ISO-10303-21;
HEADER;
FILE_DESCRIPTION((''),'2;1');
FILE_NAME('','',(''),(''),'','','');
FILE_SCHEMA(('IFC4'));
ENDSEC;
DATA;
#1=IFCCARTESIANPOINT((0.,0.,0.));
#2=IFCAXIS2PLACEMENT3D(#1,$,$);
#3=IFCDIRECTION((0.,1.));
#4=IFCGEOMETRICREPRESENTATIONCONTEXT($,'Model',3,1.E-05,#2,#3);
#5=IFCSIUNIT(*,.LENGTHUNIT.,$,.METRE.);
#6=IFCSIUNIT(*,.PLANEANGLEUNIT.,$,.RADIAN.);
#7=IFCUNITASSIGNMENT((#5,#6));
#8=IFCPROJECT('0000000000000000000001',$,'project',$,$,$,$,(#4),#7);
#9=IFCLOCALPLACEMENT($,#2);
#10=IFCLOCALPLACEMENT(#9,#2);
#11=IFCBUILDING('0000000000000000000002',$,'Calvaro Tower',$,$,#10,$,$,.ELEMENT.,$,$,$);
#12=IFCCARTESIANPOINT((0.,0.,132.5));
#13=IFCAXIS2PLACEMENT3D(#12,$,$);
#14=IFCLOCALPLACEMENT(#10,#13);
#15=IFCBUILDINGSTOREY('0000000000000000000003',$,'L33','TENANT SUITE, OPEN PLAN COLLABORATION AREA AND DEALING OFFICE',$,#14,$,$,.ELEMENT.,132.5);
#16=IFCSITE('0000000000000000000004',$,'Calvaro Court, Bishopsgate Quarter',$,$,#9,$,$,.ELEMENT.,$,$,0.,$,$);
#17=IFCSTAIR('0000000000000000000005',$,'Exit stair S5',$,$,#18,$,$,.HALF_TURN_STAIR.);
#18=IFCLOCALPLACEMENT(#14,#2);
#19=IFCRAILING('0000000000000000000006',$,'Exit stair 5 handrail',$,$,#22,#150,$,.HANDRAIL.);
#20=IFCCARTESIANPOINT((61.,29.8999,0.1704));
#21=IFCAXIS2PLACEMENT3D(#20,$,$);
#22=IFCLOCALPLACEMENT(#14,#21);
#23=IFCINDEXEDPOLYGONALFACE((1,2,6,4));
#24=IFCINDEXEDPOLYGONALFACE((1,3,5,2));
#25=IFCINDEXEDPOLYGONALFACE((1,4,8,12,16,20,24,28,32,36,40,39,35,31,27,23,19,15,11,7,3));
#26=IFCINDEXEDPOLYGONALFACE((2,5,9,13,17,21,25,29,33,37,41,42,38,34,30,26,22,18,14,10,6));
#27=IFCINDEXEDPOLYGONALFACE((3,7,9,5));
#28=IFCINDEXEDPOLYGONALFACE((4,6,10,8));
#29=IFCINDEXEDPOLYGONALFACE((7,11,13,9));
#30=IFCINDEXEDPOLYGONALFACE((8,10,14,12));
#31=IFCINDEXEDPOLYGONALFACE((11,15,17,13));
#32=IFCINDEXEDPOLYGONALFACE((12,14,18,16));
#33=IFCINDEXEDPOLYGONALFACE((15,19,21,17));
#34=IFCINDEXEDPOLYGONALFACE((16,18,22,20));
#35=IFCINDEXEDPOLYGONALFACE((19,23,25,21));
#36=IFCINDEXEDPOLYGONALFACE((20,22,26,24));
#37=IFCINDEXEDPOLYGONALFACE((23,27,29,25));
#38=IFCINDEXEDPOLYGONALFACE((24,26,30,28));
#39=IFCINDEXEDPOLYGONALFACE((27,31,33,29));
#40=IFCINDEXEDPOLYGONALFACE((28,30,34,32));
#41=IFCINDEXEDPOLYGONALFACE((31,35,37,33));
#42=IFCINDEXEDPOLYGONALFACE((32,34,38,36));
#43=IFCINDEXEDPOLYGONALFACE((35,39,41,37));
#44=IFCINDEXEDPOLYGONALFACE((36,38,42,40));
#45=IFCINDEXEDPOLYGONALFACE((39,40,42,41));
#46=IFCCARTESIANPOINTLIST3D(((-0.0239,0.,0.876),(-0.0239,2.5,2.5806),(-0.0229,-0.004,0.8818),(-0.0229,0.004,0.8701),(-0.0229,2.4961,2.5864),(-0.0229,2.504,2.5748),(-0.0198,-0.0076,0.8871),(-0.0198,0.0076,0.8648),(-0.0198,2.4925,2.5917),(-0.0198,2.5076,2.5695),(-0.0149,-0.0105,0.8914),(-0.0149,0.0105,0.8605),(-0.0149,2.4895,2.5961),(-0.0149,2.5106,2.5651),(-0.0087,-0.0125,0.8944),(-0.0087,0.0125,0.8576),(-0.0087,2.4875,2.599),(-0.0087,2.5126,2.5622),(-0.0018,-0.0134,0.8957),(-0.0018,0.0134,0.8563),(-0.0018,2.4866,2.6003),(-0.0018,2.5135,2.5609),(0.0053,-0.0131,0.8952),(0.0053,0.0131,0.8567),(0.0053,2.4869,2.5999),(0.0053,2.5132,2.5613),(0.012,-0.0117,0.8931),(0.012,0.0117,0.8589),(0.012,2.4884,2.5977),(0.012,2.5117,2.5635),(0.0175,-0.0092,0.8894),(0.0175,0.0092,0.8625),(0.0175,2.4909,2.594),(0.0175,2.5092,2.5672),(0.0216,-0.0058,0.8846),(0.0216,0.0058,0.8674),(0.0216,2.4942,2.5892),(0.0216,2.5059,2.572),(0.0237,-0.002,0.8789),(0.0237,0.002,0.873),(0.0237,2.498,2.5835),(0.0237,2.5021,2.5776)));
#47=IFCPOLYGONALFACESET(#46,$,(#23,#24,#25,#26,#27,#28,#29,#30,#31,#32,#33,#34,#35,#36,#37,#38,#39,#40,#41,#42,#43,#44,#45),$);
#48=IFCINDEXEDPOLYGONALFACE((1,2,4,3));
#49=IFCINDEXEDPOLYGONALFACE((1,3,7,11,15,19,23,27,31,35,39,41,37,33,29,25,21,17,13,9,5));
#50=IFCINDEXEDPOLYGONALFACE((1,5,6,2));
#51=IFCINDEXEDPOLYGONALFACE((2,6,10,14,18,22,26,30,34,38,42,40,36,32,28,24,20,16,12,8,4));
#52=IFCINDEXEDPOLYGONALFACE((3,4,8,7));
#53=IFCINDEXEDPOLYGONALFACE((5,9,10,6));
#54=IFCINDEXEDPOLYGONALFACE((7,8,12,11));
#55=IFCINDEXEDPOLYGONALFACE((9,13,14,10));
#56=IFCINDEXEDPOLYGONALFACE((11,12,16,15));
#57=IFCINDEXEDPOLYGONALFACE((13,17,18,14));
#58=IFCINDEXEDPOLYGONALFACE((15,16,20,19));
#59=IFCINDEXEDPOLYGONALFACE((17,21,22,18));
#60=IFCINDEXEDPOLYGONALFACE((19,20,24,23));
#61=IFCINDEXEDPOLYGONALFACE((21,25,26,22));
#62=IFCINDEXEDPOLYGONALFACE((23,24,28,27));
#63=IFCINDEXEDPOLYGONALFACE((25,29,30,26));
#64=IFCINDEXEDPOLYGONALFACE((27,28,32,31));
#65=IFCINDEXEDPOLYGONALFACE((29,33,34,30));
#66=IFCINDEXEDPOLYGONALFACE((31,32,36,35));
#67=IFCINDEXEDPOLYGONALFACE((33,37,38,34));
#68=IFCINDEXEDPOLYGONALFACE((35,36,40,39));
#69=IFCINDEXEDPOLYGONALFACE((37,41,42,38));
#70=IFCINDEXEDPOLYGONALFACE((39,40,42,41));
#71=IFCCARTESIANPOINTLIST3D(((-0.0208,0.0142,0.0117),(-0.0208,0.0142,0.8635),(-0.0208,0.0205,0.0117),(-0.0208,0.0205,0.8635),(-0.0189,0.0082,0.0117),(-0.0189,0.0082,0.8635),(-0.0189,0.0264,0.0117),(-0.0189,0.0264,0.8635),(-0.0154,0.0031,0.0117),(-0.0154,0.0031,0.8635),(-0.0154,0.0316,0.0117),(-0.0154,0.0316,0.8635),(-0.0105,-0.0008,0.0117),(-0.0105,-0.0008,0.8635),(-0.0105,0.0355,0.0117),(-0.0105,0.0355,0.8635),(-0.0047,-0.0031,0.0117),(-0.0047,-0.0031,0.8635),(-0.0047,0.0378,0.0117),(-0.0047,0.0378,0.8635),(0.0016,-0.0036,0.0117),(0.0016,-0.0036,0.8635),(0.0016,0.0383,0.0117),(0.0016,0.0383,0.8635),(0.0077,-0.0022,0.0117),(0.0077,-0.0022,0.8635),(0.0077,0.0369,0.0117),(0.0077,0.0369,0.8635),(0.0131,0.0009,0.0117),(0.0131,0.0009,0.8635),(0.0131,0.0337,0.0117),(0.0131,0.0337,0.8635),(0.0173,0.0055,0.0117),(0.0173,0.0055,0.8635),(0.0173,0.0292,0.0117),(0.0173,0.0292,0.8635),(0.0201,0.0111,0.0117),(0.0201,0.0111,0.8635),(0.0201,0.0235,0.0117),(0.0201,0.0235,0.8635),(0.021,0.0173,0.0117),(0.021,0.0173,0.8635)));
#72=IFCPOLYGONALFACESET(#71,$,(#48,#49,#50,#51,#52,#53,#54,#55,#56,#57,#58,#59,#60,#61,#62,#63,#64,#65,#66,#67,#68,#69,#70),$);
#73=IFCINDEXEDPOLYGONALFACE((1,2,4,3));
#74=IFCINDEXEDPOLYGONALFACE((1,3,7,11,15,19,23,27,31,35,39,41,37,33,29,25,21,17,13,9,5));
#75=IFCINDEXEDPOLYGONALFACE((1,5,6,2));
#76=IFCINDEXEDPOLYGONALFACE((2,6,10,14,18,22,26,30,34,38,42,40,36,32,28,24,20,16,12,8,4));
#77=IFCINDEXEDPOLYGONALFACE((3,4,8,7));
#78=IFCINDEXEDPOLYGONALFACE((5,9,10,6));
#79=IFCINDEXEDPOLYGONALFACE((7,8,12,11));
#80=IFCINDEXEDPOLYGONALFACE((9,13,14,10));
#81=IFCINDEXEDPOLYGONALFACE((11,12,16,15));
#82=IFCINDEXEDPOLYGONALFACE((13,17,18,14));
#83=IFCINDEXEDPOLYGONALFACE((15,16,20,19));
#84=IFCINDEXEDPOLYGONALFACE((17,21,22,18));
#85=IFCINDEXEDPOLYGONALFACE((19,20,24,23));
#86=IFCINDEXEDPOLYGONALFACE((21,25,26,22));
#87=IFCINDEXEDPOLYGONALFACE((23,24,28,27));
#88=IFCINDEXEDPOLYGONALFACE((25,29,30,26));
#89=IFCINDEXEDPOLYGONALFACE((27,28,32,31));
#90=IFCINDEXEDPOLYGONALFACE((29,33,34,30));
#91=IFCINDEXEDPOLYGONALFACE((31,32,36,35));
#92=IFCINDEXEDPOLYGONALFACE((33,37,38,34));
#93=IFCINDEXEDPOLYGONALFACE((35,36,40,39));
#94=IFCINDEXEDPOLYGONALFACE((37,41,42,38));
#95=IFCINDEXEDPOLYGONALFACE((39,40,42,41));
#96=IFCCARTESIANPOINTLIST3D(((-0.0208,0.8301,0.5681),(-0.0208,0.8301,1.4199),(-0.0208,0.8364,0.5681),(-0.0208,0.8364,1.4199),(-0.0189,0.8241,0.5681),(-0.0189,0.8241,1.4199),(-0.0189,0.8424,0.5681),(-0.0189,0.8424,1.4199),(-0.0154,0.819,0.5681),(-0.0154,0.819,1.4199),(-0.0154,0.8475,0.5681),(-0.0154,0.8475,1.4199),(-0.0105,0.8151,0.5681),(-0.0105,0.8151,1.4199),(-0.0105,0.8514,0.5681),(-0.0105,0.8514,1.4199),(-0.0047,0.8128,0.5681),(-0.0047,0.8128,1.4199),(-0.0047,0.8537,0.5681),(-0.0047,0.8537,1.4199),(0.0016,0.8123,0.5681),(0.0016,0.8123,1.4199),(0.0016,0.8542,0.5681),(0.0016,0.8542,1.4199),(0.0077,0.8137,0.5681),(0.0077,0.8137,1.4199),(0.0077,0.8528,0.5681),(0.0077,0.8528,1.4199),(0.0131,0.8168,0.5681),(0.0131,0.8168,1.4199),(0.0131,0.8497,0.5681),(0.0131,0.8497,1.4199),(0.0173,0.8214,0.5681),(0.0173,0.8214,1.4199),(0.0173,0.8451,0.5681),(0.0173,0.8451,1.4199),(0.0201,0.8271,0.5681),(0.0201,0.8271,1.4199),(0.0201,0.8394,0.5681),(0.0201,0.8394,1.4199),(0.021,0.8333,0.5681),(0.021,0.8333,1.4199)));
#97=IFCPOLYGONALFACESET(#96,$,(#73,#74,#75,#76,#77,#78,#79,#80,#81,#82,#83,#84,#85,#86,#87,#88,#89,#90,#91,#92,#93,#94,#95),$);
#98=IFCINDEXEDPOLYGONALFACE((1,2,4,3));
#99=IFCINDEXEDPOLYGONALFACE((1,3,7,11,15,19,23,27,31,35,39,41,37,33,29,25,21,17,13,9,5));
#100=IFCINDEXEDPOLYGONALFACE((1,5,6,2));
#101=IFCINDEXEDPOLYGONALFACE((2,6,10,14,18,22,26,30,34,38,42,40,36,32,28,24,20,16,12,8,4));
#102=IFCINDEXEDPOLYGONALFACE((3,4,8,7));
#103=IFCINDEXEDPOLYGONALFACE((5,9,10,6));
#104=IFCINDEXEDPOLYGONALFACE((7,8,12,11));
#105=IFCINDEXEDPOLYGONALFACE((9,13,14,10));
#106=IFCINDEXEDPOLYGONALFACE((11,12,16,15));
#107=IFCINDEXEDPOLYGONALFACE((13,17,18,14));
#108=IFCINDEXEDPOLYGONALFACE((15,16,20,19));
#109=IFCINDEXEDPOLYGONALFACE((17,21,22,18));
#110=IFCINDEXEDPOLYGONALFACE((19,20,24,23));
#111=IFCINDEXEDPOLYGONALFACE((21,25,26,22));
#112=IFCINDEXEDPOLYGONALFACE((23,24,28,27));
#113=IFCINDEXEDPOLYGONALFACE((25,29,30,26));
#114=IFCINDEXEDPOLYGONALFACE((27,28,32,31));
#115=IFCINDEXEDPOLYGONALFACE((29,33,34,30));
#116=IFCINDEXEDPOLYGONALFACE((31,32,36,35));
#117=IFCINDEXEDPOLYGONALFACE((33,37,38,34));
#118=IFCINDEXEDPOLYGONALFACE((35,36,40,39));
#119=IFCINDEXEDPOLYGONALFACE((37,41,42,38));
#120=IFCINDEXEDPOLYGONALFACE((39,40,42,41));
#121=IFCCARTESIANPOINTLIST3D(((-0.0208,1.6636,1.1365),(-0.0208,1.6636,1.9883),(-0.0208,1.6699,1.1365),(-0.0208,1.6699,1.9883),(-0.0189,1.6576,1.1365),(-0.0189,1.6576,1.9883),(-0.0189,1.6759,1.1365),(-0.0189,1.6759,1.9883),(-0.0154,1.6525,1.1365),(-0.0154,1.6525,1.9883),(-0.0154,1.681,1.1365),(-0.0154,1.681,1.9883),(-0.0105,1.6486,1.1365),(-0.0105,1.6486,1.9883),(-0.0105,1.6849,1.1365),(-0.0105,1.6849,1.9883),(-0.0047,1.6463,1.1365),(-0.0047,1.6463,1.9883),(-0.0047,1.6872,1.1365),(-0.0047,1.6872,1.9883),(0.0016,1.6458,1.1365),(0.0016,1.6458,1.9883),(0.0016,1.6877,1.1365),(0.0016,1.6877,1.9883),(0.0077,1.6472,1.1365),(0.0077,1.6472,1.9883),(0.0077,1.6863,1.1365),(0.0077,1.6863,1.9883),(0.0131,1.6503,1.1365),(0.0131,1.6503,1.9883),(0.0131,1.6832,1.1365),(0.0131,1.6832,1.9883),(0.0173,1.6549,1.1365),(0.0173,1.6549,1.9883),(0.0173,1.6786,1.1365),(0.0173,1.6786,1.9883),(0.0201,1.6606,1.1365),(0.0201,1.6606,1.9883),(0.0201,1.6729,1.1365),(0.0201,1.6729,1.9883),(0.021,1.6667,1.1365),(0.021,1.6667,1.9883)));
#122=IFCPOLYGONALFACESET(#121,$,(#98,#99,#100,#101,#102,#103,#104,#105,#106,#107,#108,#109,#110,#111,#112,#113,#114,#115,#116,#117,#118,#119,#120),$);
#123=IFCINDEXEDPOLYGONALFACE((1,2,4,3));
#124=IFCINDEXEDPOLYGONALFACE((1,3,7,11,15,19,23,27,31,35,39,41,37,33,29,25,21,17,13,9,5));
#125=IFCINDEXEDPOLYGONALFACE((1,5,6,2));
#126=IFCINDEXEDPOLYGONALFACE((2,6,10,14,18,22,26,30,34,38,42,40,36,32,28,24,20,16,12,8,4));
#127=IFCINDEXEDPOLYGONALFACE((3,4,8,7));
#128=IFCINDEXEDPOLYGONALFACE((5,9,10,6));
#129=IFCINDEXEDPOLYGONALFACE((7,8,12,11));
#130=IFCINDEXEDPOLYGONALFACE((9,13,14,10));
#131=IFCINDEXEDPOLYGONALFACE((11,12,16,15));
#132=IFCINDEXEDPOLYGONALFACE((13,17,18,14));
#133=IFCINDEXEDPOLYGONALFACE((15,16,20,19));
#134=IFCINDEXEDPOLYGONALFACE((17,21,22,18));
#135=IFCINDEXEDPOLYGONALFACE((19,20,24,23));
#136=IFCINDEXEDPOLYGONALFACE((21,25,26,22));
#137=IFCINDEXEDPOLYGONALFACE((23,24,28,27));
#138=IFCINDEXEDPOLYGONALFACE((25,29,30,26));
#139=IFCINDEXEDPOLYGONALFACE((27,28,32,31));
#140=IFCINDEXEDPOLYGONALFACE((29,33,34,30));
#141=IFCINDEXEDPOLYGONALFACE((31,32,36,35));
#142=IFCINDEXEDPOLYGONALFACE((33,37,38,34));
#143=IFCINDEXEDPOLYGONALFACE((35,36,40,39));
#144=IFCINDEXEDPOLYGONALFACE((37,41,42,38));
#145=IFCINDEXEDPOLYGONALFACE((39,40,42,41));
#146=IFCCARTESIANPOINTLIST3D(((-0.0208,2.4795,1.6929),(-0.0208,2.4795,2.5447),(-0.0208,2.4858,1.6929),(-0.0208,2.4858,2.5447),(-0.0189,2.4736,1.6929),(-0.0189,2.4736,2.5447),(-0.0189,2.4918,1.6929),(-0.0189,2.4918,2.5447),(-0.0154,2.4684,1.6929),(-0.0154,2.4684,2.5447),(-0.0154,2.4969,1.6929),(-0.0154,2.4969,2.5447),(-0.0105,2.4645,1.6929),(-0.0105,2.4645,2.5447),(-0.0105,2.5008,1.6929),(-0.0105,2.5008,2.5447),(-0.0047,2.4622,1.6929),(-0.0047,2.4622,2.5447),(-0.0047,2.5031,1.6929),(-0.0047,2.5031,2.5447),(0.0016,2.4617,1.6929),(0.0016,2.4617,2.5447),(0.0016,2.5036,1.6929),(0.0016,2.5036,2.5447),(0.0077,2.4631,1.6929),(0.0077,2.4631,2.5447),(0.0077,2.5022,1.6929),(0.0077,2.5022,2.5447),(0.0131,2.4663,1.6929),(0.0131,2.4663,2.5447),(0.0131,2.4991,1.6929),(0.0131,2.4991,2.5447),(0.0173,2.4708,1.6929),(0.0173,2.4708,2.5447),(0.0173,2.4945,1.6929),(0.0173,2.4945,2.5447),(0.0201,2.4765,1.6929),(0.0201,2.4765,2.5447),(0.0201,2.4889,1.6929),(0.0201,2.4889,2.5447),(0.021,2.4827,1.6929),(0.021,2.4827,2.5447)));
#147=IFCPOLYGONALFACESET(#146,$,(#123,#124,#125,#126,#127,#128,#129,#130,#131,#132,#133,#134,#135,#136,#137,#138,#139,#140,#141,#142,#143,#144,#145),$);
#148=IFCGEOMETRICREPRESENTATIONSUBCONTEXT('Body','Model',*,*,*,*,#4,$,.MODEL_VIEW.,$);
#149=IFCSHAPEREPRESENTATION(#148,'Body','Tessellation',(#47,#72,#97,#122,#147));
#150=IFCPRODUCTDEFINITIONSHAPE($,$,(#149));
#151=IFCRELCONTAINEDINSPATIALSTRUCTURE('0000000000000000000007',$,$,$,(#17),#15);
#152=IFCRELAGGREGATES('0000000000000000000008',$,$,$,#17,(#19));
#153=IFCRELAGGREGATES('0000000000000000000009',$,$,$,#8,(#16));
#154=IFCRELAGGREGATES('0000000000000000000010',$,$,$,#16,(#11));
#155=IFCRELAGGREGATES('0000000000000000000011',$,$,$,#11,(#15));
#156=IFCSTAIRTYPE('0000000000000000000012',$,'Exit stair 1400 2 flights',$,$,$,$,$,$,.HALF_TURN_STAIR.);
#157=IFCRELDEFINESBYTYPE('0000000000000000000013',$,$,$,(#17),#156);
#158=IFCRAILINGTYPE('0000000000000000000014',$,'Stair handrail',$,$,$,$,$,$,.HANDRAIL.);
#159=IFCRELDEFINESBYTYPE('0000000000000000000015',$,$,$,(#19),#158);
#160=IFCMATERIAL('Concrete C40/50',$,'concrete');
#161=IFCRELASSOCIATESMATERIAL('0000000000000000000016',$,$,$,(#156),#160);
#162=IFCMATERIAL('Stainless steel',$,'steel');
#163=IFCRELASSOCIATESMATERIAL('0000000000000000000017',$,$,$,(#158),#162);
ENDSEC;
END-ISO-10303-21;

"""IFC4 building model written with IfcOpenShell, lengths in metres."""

from ifc_helpers import new_model, si_unit, direction, frame, origin, origin_2d, place, context, subcontext, project, spatial, circle, extrude, material, type_object, element, aggregate, save


model = new_model("IFC4")

# Units and contexts
model_context = context("Model", 3, precision=1e-05, world=origin(), true_north=direction((0.0, 1.0)))
body_context = subcontext(model_context, "Body", "Model", "MODEL_VIEW")
ifc_project = project(units=[si_unit("LENGTHUNIT", "METRE"), si_unit("PLANEANGLEUNIT", "RADIAN")], contexts=[model_context])

# Site, building, storey
site_placement = place(None, origin())
site = spatial("IfcSite", under=ifc_project, at=site_placement, Name="Calvaro Court, Bishopsgate Quarter", CompositionType="ELEMENT", RefElevation=0.0)
building_placement = place(site_placement, origin())
building = spatial("IfcBuilding", under=site, at=building_placement, Name="Calvaro Tower", CompositionType="ELEMENT")
storey_placement = place(building_placement, frame((0.0, 0.0, 132.5)))
storey = spatial("IfcBuildingStorey", under=building, at=storey_placement, Name="L33", Description="TENANT SUITE, OPEN PLAN COLLABORATION AREA AND DEALING OFFICE", CompositionType="ELEMENT", Elevation=132.5)

# Stair, railing
ifc_material_1 = material(Name="Concrete C40/50", Category="concrete")
stair_type = type_object("IfcStairType", Name="Exit stair 1400 2 flights", PredefinedType="HALF_TURN_STAIR", material=ifc_material_1)
stair_placement = place(storey_placement, origin())
stair = element("IfcStair", 1, at=stair_placement, inside=storey, type_object=stair_type, Name="Exit stair S5", PredefinedType="HALF_TURN_STAIR")
ifc_material_2 = material(Name="Stainless steel", Category="steel")
railing_type = type_object("IfcRailingType", Name="Stair handrail", PredefinedType="HANDRAIL", material=ifc_material_2)
railing_1_placement = place(storey_placement, frame((61.0, 29.8999, 0.1704)))
railing_1 = element("IfcRailing", 2, at=railing_1_placement, type_object=railing_type, Name="Exit stair 5 handrail", PredefinedType="HANDRAIL", context=body_context, shape_type="SweptSolid", body=[
    extrude(circle(Radius=0.0239, at=origin_2d()), frame((0.0, 0.0, 0.876), z_axis=(0.0, 0.826221, 0.563347), x_axis=(-1.0, 0.0, 0.0)), (0.0, 0.0, 1.0), 3.0259),
    extrude(circle(Radius=0.021, at=origin_2d()), frame((0.0, 0.0173, 0.0117)), (0.0, 0.0, 1.0), 0.8518),
    extrude(circle(Radius=0.021, at=origin_2d()), frame((0.0, 0.8333, 0.5681)), (0.0, 0.0, 1.0), 0.8518),
    extrude(circle(Radius=0.021, at=origin_2d()), frame((0.0, 1.6667, 1.1365)), (0.0, 0.0, 1.0), 0.8518),
    extrude(circle(Radius=0.021, at=origin_2d()), frame((0.0, 2.4827, 1.6929)), (0.0, 0.0, 1.0), 0.8518),
])
aggregate(stair, [railing_1])

save(model, "model.ifc")
